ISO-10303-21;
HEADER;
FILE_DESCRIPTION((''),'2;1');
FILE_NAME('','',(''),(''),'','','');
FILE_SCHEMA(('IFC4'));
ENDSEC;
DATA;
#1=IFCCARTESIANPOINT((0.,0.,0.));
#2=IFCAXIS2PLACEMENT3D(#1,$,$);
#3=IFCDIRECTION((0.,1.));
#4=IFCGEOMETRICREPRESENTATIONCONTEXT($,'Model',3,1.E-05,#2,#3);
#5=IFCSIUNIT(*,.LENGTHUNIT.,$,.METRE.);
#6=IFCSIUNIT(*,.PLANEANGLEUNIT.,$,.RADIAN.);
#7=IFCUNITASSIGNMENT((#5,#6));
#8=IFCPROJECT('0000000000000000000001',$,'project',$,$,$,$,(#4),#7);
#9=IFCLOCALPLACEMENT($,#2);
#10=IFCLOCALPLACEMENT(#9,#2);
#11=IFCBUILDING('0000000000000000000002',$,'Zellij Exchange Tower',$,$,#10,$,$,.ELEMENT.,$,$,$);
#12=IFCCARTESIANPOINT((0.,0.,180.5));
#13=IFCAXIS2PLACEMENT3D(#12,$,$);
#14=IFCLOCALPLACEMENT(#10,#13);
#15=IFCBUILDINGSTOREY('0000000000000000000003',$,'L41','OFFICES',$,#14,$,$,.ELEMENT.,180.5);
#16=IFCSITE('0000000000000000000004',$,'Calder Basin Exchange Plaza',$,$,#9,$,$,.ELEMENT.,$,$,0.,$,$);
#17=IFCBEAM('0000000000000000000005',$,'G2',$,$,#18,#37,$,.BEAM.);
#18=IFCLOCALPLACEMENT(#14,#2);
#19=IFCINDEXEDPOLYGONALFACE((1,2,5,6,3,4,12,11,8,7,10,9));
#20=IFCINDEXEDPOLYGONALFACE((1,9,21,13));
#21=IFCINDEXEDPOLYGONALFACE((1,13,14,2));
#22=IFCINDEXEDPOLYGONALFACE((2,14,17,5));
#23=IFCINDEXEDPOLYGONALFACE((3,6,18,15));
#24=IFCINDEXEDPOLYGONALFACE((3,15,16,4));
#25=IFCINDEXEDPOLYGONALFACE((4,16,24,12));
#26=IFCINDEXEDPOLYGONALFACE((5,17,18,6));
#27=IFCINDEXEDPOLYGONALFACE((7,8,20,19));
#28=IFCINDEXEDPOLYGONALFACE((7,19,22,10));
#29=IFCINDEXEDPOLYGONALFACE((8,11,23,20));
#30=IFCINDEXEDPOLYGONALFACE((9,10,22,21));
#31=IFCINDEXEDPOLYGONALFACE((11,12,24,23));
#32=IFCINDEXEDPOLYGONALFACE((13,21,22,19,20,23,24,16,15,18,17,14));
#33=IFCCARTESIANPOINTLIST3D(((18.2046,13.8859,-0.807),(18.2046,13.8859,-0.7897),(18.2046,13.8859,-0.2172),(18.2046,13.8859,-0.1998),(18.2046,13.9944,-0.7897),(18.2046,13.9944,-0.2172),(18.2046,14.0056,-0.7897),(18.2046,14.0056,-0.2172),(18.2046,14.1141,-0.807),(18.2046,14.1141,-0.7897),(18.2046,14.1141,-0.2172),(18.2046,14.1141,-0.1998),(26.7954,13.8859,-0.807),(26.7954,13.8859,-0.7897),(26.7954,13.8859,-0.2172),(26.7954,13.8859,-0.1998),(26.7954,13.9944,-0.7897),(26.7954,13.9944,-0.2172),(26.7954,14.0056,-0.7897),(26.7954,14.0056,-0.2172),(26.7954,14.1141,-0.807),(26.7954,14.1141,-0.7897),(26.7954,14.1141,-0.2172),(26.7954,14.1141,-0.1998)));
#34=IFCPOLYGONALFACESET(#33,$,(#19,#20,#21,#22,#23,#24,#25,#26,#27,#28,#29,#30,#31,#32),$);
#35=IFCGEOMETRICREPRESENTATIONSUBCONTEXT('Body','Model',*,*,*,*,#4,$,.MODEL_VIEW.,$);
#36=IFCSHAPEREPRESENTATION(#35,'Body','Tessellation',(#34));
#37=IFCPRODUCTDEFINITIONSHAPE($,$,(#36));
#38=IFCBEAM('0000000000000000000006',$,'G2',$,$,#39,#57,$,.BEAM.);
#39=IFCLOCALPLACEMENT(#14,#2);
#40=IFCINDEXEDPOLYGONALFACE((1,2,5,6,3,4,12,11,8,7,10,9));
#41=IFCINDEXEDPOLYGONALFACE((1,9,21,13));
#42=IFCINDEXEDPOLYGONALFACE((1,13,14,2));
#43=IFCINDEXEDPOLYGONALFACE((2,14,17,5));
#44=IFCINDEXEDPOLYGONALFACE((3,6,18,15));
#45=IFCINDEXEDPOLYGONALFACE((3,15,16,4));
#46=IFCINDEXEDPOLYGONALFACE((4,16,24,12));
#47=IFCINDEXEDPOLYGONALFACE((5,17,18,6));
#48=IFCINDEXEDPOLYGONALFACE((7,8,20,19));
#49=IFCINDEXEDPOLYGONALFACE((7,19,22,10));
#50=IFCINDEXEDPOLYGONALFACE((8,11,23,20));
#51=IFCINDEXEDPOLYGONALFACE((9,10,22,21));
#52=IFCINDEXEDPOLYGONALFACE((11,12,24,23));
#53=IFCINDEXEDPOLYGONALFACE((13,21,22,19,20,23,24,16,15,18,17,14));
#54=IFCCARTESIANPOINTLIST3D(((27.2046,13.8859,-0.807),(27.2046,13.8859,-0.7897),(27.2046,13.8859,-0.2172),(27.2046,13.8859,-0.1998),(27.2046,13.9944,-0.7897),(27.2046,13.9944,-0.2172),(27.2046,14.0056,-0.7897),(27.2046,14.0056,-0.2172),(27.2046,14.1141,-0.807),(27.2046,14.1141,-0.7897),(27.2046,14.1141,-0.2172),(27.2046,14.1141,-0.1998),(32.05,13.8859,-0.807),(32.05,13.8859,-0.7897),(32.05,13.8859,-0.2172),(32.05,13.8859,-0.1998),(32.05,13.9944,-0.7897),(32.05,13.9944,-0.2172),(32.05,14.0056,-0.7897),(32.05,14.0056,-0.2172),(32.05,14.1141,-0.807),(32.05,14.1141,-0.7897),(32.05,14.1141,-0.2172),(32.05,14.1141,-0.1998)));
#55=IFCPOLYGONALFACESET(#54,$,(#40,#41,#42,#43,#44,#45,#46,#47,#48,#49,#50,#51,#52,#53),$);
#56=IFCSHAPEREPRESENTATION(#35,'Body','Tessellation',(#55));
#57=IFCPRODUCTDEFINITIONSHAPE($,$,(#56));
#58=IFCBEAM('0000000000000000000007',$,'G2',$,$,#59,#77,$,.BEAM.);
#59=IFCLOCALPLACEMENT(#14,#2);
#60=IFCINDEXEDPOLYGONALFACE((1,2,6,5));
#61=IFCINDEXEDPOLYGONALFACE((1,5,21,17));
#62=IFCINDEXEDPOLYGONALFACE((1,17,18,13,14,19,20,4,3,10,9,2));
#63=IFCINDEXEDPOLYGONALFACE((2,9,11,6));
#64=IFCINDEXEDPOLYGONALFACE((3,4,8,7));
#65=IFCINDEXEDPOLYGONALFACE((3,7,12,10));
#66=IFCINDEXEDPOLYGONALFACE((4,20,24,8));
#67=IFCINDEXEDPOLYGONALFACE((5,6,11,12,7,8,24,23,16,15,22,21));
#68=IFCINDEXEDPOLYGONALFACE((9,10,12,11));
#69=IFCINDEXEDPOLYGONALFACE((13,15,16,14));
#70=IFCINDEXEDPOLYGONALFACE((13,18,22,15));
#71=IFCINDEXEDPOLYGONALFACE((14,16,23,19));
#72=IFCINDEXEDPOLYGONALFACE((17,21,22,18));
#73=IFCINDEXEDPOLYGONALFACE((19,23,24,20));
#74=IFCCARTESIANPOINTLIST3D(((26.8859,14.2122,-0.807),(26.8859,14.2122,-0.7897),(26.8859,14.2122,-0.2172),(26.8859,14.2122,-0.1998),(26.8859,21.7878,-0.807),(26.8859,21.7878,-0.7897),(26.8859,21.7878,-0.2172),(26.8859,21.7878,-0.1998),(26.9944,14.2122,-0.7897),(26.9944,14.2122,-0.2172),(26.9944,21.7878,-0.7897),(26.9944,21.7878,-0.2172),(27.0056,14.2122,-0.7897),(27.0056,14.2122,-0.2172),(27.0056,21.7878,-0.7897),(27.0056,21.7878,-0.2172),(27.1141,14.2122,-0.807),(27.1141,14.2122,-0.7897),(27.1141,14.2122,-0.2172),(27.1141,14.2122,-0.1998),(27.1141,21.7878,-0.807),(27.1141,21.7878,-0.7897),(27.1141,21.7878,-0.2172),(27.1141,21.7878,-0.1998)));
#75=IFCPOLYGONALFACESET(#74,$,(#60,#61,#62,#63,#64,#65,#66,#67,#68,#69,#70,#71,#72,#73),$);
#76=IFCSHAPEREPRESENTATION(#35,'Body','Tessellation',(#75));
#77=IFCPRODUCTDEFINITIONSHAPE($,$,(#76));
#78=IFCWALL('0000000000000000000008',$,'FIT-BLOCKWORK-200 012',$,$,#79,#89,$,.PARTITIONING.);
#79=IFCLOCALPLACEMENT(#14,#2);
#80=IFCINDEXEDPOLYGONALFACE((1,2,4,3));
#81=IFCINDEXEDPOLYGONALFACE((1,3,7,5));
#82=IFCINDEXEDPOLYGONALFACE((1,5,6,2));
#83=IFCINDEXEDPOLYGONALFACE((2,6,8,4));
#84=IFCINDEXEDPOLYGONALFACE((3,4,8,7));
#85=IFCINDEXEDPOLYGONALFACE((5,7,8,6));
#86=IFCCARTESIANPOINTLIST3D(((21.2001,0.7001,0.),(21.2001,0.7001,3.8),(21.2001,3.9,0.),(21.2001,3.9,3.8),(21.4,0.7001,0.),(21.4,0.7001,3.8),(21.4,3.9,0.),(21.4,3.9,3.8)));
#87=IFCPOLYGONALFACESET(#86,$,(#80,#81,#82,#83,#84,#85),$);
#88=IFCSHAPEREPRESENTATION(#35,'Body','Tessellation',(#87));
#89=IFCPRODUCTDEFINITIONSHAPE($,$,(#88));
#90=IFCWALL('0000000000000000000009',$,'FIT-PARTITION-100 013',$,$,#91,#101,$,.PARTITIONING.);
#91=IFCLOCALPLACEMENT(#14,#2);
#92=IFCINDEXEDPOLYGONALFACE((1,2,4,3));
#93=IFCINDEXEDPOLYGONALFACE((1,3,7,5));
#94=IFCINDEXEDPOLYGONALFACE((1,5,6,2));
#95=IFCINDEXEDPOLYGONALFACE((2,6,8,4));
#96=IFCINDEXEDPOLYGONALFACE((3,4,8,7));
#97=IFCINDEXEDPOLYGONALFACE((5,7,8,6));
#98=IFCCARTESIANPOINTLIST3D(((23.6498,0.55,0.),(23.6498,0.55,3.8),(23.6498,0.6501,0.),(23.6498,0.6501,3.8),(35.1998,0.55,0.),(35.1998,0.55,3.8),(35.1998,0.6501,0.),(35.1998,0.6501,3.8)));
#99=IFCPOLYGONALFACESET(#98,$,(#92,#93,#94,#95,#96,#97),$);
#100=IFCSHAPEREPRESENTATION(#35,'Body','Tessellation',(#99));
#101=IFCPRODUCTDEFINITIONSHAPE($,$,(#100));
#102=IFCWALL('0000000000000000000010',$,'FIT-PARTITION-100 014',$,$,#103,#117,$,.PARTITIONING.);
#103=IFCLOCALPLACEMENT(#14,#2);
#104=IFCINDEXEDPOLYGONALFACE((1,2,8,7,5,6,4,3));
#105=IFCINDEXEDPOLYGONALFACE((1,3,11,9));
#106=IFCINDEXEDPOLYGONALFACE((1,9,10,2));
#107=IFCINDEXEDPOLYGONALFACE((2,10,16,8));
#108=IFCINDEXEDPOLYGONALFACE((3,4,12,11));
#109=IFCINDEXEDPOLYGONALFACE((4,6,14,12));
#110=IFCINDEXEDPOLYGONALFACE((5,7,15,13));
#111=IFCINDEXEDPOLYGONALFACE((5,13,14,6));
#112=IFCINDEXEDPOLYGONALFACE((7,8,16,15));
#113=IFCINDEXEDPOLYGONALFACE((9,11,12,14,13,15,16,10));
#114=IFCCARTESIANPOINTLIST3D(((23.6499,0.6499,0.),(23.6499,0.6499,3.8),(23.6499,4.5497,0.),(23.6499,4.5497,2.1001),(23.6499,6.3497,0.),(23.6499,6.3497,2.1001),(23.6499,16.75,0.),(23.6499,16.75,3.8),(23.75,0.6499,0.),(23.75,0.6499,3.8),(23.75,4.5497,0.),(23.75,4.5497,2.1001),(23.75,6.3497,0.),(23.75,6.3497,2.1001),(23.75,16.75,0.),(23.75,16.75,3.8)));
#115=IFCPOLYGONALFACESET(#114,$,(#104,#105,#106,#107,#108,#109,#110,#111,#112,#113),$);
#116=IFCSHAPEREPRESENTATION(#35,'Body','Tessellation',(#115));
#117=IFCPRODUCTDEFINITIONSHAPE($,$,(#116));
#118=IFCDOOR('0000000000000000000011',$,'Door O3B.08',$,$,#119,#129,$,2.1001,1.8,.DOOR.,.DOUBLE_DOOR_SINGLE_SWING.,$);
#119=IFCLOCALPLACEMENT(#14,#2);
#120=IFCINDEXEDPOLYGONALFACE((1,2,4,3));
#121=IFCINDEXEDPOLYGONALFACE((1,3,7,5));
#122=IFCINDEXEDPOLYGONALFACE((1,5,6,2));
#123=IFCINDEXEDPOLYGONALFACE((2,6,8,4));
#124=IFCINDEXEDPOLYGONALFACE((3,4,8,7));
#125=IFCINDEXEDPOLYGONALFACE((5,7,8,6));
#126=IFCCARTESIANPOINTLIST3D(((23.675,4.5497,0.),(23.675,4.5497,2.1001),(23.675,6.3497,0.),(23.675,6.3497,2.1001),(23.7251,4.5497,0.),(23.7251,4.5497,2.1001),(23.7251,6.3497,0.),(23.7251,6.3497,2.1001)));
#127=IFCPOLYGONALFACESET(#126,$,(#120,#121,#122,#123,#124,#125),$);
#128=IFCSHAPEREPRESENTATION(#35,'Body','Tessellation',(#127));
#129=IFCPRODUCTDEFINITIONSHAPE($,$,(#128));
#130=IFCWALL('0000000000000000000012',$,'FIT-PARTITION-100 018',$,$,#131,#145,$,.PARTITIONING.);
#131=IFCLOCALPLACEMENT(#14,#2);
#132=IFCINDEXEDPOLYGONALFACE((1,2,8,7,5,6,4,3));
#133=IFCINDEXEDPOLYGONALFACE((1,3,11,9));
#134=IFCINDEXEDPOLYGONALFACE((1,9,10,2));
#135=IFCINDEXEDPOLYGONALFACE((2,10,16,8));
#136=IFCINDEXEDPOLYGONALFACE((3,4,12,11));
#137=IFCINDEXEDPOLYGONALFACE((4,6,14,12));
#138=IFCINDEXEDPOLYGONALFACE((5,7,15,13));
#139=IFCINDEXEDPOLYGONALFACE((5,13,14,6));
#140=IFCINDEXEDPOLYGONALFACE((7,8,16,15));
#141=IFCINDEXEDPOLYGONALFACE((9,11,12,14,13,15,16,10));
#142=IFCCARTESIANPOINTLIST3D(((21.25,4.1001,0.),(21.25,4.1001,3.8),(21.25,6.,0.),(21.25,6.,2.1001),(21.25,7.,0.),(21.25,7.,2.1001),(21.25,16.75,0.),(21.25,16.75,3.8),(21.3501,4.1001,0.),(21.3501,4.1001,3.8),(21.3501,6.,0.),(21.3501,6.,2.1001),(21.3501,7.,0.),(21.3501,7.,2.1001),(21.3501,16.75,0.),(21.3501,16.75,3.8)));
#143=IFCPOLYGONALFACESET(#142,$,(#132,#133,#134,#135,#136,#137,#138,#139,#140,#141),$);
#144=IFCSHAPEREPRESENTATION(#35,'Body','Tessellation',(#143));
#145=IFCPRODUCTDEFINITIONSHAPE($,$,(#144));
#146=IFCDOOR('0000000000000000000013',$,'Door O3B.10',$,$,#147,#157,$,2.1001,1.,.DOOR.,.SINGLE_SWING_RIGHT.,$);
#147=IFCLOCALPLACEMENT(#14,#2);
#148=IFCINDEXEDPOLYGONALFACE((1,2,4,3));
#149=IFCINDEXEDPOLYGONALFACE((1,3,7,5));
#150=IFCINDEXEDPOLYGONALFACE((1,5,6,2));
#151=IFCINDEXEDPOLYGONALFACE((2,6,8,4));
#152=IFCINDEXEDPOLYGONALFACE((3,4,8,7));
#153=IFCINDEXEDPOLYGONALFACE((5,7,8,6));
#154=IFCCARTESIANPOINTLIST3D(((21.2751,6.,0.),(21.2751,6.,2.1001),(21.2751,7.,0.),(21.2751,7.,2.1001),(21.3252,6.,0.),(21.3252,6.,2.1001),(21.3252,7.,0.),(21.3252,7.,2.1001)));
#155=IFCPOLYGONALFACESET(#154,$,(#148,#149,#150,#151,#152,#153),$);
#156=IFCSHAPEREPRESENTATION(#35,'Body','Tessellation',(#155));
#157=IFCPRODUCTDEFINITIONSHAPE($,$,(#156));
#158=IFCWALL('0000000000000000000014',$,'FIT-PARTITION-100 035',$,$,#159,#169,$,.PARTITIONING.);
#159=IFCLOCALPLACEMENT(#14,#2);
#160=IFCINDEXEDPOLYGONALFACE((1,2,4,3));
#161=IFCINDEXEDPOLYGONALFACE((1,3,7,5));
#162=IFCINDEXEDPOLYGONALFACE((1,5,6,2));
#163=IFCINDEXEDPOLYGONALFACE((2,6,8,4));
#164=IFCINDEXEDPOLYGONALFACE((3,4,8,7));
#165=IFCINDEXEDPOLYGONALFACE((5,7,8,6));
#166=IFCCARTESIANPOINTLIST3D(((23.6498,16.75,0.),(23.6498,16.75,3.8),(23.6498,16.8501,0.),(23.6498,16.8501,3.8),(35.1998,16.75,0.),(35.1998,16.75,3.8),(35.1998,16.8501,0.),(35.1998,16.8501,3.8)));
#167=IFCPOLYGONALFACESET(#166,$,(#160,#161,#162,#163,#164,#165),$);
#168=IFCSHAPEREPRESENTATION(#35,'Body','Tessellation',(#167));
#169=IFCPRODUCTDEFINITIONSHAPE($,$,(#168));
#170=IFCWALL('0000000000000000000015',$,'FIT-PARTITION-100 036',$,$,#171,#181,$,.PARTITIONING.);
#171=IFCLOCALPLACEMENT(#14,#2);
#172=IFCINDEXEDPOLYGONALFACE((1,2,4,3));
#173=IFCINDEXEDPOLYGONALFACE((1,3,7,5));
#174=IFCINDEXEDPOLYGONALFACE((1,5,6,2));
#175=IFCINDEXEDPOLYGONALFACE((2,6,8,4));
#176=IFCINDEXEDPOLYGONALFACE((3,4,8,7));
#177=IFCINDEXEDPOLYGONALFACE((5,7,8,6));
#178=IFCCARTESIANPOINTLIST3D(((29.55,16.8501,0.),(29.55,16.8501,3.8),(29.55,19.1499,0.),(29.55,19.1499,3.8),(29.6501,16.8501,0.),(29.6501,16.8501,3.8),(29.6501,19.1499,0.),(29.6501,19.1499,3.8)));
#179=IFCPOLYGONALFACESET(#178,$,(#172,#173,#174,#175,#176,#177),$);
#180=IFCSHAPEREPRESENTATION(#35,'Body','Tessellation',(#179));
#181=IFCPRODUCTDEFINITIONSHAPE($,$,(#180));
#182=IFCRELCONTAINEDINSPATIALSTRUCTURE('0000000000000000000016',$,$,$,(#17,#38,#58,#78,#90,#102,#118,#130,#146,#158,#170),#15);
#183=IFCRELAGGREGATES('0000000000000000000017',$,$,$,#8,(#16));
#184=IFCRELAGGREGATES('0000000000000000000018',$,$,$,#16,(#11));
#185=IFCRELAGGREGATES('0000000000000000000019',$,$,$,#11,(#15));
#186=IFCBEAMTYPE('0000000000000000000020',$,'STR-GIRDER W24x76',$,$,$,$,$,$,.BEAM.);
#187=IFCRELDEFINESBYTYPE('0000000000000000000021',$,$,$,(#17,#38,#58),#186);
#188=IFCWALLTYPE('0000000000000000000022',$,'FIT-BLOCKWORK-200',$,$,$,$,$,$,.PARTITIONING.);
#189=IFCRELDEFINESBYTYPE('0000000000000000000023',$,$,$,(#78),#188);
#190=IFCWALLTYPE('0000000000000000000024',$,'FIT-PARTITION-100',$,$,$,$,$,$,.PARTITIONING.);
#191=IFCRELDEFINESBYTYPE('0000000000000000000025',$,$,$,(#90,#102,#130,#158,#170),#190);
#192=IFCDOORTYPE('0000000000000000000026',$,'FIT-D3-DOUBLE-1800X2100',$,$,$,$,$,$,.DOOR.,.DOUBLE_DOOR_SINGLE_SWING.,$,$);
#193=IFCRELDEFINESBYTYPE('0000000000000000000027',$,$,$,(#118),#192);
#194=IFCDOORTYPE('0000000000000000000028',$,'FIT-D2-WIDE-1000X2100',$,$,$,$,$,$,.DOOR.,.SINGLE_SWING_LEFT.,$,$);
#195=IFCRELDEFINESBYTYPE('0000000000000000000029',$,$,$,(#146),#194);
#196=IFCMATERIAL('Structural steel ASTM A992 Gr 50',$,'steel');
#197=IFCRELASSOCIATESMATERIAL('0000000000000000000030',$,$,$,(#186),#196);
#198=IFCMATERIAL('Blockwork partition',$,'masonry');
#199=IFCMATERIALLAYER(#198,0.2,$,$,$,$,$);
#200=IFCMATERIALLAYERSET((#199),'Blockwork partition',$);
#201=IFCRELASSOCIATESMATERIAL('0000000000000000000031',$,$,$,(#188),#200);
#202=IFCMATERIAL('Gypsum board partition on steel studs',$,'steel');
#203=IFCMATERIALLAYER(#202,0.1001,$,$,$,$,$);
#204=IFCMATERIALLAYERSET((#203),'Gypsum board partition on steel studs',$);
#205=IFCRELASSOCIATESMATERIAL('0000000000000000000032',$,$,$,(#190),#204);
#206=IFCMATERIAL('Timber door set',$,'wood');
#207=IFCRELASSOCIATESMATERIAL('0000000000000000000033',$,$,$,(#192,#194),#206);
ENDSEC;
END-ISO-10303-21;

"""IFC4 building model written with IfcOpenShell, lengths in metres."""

from ifc_helpers import new_model, si_unit, direction, frame, frame_2d, origin, origin_2d, place, context, subcontext, project, spatial, rectangle, i_section, extrude, material, layer, layer_set, material_profile, profile_set, type_object, element, fill, save


model = new_model("IFC4")

# Units and contexts
model_context = context("Model", 3, precision=1e-05, world=origin(), true_north=direction((0.0, 1.0)))
body_context = subcontext(model_context, "Body", "Model", "MODEL_VIEW")
ifc_project = project(units=[si_unit("LENGTHUNIT", "METRE"), si_unit("PLANEANGLEUNIT", "RADIAN")], contexts=[model_context])

# Site, building, storey
site_placement = place(None, origin())
site = spatial("IfcSite", under=ifc_project, at=site_placement, Name="Calder Basin Exchange Plaza", CompositionType="ELEMENT", RefElevation=0.0)
building_placement = place(site_placement, origin())
building = spatial("IfcBuilding", under=site, at=building_placement, Name="Zellij Exchange Tower", CompositionType="ELEMENT")
storey_placement = place(building_placement, frame((0.0, 0.0, 180.5)))
storey = spatial("IfcBuildingStorey", under=building, at=storey_placement, Name="L41", Description="OFFICES", CompositionType="ELEMENT", Elevation=180.5)

# Beams
ifc_material_1 = material(Name="Structural steel ASTM A992 Gr 50", Category="steel")
ifc_material_profile_1 = material_profile(ifc_material_1, i_section(OverallWidth=0.2283, OverallDepth=0.6072, WebThickness=0.0112, FlangeThickness=0.0173, at=origin_2d()), Name="W24x76")
ifc_profile_set_1 = profile_set([ifc_material_profile_1], Name="Structural steel ASTM A992 Gr 50")
beam_type_1 = type_object("IfcBeamType", Name="STR-GIRDER W24x76", PredefinedType="BEAM", material=ifc_profile_set_1)
beam_1_placement = place(storey_placement, frame((18.2046, 14.0, -0.5034), z_axis=(1.0, 0.0, 0.0), x_axis=(0.0, 1.0, 0.0)))
element("IfcBeam", 1, at=beam_1_placement, inside=storey, type_object=beam_type_1, Name="G2", PredefinedType="BEAM", context=body_context, shape_type="SweptSolid", body=[
    extrude(i_section(OverallWidth=0.2283, OverallDepth=0.6072, WebThickness=0.0112, FlangeThickness=0.0173, at=origin_2d()), origin(), (0.0, 0.0, 1.0), 8.5908),
])
beam_2_placement = place(storey_placement, frame((27.2046, 14.0, -0.5034), z_axis=(1.0, 0.0, 0.0), x_axis=(0.0, 1.0, 0.0)))
element("IfcBeam", 2, at=beam_2_placement, inside=storey, type_object=beam_type_1, Name="G2", PredefinedType="BEAM", context=body_context, shape_type="SweptSolid", body=[
    extrude(i_section(OverallWidth=0.2283, OverallDepth=0.6072, WebThickness=0.0112, FlangeThickness=0.0173, at=origin_2d()), origin(), (0.0, 0.0, 1.0), 4.8455),
])
beam_3_placement = place(storey_placement, frame((27.0, 14.2122, -0.5034), z_axis=(0.0, 1.0, 0.0), x_axis=(-1.0, 0.0, 0.0)))
element("IfcBeam", 3, at=beam_3_placement, inside=storey, type_object=beam_type_1, Name="G2", PredefinedType="BEAM", context=body_context, shape_type="SweptSolid", body=[
    extrude(i_section(OverallWidth=0.2283, OverallDepth=0.6072, WebThickness=0.0112, FlangeThickness=0.0173, at=origin_2d()), origin(), (0.0, 0.0, 1.0), 7.5757),
])

# Walls
ifc_material_2 = material(Name="Blockwork partition", Category="masonry")
ifc_layer_1 = layer(ifc_material_2, 0.2)
ifc_layer_set_1 = layer_set([ifc_layer_1], Name="Blockwork partition")
wall_type_1 = type_object("IfcWallType", Name="FIT-BLOCKWORK-200", PredefinedType="PARTITIONING", material=ifc_layer_set_1)
wall_1_placement = place(storey_placement, frame((21.3, 0.7, 0.0), z_axis=(0.0, 0.0, 1.0), x_axis=(0.0, 1.0, 0.0)))
element("IfcWall", 4, at=wall_1_placement, inside=storey, type_object=wall_type_1, Name="FIT-BLOCKWORK-200 012", PredefinedType="PARTITIONING", context=body_context, shape_type="SweptSolid", body=[
    extrude(rectangle(XDim=3.2, YDim=0.2, at=frame_2d((1.6001, 0.0))), origin(), (0.0, 0.0, 1.0), 3.8),
])
ifc_material_3 = material(Name="Gypsum board partition on steel studs", Category="steel")
ifc_layer_2 = layer(ifc_material_3, 0.1001)
ifc_layer_set_2 = layer_set([ifc_layer_2], Name="Gypsum board partition on steel studs")
wall_type_2 = type_object("IfcWallType", Name="FIT-PARTITION-100", PredefinedType="PARTITIONING", material=ifc_layer_set_2)
wall_2_placement = place(storey_placement, frame((23.6499, 0.6001, 0.0), z_axis=(0.0, 0.0, 1.0), x_axis=(1.0, 0.0, 0.0)))
element("IfcWall", 5, at=wall_2_placement, inside=storey, type_object=wall_type_2, Name="FIT-PARTITION-100 013", PredefinedType="PARTITIONING", context=body_context, shape_type="SweptSolid", body=[
    extrude(rectangle(XDim=11.55, YDim=0.1001, at=frame_2d((5.7749, 0.0))), origin(), (0.0, 0.0, 1.0), 3.8),
])

# Walls, openings, doors
wall_3_placement = place(storey_placement, frame((23.7, 0.6499, 0.0), z_axis=(0.0, 0.0, 1.0), x_axis=(0.0, 1.0, 0.0)))
wall_3 = element("IfcWall", 6, at=wall_3_placement, inside=storey, type_object=wall_type_2, Name="FIT-PARTITION-100 014", PredefinedType="PARTITIONING", context=body_context, shape_type="SweptSolid", body=[
    extrude(rectangle(XDim=16.1001, YDim=0.1001, at=frame_2d((8.05, 0.0))), origin(), (0.0, 0.0, 1.0), 3.8),
])
opening_1_placement = place(wall_3_placement, frame((3.8999, 0.0, 0.0)))
opening_1 = element("IfcOpeningElement", 7, at=opening_1_placement, cuts=wall_3, PredefinedType="OPENING", context=body_context, shape_type="SweptSolid", body=[
    extrude(rectangle(XDim=1.8, YDim=2.1001, at=frame_2d((0.8999, 1.05))), frame((0.0, 0.062, 0.0), z_axis=(0.0, -1.0, 0.0), x_axis=(1.0, 0.0, 0.0)), (0.0, 0.0, 1.0), 0.124),
])
ifc_material_4 = material(Name="Timber door set", Category="wood")
door_type_1 = type_object("IfcDoorType", Name="FIT-D3-DOUBLE-1800X2100", OperationType="DOUBLE_DOOR_SINGLE_SWING", PredefinedType="DOOR", material=ifc_material_4)
door_1_placement = place(opening_1_placement, origin())
door_1 = element("IfcDoor", 8, at=door_1_placement, inside=storey, type_object=door_type_1, Name="Door O3B.08", OperationType="DOUBLE_DOOR_SINGLE_SWING", OverallHeight=2.1001, OverallWidth=1.8, PredefinedType="DOOR", context=body_context, shape_type="SweptSolid", body=[
    extrude(rectangle(XDim=1.8, YDim=2.1001, at=frame_2d((0.8999, 1.05))), frame((0.0, 0.0249, 0.0), z_axis=(0.0, -1.0, 0.0), x_axis=(1.0, 0.0, 0.0)), (0.0, 0.0, 1.0), 0.05),
])
fill(opening_1, door_1)
wall_4_placement = place(storey_placement, frame((21.3, 4.1001, 0.0), z_axis=(0.0, 0.0, 1.0), x_axis=(0.0, 1.0, 0.0)))
wall_4 = element("IfcWall", 9, at=wall_4_placement, inside=storey, type_object=wall_type_2, Name="FIT-PARTITION-100 018", PredefinedType="PARTITIONING", context=body_context, shape_type="SweptSolid", body=[
    extrude(rectangle(XDim=12.6499, YDim=0.1001, at=frame_2d((6.325, 0.0))), origin(), (0.0, 0.0, 1.0), 3.8),
])
opening_2_placement = place(wall_4_placement, frame((1.8999, 0.0, 0.0)))
opening_2 = element("IfcOpeningElement", 10, at=opening_2_placement, cuts=wall_4, PredefinedType="OPENING", context=body_context, shape_type="SweptSolid", body=[
    extrude(rectangle(XDim=1.0, YDim=2.1001, at=frame_2d((0.5, 1.05))), frame((0.0, 0.062, 0.0), z_axis=(0.0, -1.0, 0.0), x_axis=(1.0, 0.0, 0.0)), (0.0, 0.0, 1.0), 0.124),
])
door_type_2 = type_object("IfcDoorType", Name="FIT-D2-WIDE-1000X2100", OperationType="SINGLE_SWING_LEFT", PredefinedType="DOOR", material=ifc_material_4)
door_2_placement = place(opening_2_placement, origin())
door_2 = element("IfcDoor", 11, at=door_2_placement, inside=storey, type_object=door_type_2, Name="Door O3B.10", OperationType="SINGLE_SWING_RIGHT", OverallHeight=2.1001, OverallWidth=1.0, PredefinedType="DOOR", context=body_context, shape_type="SweptSolid", body=[
    extrude(rectangle(XDim=1.0, YDim=2.1001, at=frame_2d((0.5, 1.05))), frame((0.0, 0.0249, 0.0), z_axis=(0.0, -1.0, 0.0), x_axis=(1.0, 0.0, 0.0)), (0.0, 0.0, 1.0), 0.05),
])
fill(opening_2, door_2)

# Walls
wall_5_placement = place(storey_placement, frame((23.6499, 16.8, 0.0), z_axis=(0.0, 0.0, 1.0), x_axis=(1.0, 0.0, 0.0)))
element("IfcWall", 12, at=wall_5_placement, inside=storey, type_object=wall_type_2, Name="FIT-PARTITION-100 035", PredefinedType="PARTITIONING", context=body_context, shape_type="SweptSolid", body=[
    extrude(rectangle(XDim=11.55, YDim=0.1001, at=frame_2d((5.7749, 0.0))), origin(), (0.0, 0.0, 1.0), 3.8),
])
wall_6_placement = place(storey_placement, frame((29.6001, 16.8501, 0.0), z_axis=(0.0, 0.0, 1.0), x_axis=(0.0, 1.0, 0.0)))
element("IfcWall", 13, at=wall_6_placement, inside=storey, type_object=wall_type_2, Name="FIT-PARTITION-100 036", PredefinedType="PARTITIONING", context=body_context, shape_type="SweptSolid", body=[
    extrude(rectangle(XDim=2.2998, YDim=0.1001, at=frame_2d((1.1499, 0.0))), origin(), (0.0, 0.0, 1.0), 3.8),
])

save(model, "model.ifc")
